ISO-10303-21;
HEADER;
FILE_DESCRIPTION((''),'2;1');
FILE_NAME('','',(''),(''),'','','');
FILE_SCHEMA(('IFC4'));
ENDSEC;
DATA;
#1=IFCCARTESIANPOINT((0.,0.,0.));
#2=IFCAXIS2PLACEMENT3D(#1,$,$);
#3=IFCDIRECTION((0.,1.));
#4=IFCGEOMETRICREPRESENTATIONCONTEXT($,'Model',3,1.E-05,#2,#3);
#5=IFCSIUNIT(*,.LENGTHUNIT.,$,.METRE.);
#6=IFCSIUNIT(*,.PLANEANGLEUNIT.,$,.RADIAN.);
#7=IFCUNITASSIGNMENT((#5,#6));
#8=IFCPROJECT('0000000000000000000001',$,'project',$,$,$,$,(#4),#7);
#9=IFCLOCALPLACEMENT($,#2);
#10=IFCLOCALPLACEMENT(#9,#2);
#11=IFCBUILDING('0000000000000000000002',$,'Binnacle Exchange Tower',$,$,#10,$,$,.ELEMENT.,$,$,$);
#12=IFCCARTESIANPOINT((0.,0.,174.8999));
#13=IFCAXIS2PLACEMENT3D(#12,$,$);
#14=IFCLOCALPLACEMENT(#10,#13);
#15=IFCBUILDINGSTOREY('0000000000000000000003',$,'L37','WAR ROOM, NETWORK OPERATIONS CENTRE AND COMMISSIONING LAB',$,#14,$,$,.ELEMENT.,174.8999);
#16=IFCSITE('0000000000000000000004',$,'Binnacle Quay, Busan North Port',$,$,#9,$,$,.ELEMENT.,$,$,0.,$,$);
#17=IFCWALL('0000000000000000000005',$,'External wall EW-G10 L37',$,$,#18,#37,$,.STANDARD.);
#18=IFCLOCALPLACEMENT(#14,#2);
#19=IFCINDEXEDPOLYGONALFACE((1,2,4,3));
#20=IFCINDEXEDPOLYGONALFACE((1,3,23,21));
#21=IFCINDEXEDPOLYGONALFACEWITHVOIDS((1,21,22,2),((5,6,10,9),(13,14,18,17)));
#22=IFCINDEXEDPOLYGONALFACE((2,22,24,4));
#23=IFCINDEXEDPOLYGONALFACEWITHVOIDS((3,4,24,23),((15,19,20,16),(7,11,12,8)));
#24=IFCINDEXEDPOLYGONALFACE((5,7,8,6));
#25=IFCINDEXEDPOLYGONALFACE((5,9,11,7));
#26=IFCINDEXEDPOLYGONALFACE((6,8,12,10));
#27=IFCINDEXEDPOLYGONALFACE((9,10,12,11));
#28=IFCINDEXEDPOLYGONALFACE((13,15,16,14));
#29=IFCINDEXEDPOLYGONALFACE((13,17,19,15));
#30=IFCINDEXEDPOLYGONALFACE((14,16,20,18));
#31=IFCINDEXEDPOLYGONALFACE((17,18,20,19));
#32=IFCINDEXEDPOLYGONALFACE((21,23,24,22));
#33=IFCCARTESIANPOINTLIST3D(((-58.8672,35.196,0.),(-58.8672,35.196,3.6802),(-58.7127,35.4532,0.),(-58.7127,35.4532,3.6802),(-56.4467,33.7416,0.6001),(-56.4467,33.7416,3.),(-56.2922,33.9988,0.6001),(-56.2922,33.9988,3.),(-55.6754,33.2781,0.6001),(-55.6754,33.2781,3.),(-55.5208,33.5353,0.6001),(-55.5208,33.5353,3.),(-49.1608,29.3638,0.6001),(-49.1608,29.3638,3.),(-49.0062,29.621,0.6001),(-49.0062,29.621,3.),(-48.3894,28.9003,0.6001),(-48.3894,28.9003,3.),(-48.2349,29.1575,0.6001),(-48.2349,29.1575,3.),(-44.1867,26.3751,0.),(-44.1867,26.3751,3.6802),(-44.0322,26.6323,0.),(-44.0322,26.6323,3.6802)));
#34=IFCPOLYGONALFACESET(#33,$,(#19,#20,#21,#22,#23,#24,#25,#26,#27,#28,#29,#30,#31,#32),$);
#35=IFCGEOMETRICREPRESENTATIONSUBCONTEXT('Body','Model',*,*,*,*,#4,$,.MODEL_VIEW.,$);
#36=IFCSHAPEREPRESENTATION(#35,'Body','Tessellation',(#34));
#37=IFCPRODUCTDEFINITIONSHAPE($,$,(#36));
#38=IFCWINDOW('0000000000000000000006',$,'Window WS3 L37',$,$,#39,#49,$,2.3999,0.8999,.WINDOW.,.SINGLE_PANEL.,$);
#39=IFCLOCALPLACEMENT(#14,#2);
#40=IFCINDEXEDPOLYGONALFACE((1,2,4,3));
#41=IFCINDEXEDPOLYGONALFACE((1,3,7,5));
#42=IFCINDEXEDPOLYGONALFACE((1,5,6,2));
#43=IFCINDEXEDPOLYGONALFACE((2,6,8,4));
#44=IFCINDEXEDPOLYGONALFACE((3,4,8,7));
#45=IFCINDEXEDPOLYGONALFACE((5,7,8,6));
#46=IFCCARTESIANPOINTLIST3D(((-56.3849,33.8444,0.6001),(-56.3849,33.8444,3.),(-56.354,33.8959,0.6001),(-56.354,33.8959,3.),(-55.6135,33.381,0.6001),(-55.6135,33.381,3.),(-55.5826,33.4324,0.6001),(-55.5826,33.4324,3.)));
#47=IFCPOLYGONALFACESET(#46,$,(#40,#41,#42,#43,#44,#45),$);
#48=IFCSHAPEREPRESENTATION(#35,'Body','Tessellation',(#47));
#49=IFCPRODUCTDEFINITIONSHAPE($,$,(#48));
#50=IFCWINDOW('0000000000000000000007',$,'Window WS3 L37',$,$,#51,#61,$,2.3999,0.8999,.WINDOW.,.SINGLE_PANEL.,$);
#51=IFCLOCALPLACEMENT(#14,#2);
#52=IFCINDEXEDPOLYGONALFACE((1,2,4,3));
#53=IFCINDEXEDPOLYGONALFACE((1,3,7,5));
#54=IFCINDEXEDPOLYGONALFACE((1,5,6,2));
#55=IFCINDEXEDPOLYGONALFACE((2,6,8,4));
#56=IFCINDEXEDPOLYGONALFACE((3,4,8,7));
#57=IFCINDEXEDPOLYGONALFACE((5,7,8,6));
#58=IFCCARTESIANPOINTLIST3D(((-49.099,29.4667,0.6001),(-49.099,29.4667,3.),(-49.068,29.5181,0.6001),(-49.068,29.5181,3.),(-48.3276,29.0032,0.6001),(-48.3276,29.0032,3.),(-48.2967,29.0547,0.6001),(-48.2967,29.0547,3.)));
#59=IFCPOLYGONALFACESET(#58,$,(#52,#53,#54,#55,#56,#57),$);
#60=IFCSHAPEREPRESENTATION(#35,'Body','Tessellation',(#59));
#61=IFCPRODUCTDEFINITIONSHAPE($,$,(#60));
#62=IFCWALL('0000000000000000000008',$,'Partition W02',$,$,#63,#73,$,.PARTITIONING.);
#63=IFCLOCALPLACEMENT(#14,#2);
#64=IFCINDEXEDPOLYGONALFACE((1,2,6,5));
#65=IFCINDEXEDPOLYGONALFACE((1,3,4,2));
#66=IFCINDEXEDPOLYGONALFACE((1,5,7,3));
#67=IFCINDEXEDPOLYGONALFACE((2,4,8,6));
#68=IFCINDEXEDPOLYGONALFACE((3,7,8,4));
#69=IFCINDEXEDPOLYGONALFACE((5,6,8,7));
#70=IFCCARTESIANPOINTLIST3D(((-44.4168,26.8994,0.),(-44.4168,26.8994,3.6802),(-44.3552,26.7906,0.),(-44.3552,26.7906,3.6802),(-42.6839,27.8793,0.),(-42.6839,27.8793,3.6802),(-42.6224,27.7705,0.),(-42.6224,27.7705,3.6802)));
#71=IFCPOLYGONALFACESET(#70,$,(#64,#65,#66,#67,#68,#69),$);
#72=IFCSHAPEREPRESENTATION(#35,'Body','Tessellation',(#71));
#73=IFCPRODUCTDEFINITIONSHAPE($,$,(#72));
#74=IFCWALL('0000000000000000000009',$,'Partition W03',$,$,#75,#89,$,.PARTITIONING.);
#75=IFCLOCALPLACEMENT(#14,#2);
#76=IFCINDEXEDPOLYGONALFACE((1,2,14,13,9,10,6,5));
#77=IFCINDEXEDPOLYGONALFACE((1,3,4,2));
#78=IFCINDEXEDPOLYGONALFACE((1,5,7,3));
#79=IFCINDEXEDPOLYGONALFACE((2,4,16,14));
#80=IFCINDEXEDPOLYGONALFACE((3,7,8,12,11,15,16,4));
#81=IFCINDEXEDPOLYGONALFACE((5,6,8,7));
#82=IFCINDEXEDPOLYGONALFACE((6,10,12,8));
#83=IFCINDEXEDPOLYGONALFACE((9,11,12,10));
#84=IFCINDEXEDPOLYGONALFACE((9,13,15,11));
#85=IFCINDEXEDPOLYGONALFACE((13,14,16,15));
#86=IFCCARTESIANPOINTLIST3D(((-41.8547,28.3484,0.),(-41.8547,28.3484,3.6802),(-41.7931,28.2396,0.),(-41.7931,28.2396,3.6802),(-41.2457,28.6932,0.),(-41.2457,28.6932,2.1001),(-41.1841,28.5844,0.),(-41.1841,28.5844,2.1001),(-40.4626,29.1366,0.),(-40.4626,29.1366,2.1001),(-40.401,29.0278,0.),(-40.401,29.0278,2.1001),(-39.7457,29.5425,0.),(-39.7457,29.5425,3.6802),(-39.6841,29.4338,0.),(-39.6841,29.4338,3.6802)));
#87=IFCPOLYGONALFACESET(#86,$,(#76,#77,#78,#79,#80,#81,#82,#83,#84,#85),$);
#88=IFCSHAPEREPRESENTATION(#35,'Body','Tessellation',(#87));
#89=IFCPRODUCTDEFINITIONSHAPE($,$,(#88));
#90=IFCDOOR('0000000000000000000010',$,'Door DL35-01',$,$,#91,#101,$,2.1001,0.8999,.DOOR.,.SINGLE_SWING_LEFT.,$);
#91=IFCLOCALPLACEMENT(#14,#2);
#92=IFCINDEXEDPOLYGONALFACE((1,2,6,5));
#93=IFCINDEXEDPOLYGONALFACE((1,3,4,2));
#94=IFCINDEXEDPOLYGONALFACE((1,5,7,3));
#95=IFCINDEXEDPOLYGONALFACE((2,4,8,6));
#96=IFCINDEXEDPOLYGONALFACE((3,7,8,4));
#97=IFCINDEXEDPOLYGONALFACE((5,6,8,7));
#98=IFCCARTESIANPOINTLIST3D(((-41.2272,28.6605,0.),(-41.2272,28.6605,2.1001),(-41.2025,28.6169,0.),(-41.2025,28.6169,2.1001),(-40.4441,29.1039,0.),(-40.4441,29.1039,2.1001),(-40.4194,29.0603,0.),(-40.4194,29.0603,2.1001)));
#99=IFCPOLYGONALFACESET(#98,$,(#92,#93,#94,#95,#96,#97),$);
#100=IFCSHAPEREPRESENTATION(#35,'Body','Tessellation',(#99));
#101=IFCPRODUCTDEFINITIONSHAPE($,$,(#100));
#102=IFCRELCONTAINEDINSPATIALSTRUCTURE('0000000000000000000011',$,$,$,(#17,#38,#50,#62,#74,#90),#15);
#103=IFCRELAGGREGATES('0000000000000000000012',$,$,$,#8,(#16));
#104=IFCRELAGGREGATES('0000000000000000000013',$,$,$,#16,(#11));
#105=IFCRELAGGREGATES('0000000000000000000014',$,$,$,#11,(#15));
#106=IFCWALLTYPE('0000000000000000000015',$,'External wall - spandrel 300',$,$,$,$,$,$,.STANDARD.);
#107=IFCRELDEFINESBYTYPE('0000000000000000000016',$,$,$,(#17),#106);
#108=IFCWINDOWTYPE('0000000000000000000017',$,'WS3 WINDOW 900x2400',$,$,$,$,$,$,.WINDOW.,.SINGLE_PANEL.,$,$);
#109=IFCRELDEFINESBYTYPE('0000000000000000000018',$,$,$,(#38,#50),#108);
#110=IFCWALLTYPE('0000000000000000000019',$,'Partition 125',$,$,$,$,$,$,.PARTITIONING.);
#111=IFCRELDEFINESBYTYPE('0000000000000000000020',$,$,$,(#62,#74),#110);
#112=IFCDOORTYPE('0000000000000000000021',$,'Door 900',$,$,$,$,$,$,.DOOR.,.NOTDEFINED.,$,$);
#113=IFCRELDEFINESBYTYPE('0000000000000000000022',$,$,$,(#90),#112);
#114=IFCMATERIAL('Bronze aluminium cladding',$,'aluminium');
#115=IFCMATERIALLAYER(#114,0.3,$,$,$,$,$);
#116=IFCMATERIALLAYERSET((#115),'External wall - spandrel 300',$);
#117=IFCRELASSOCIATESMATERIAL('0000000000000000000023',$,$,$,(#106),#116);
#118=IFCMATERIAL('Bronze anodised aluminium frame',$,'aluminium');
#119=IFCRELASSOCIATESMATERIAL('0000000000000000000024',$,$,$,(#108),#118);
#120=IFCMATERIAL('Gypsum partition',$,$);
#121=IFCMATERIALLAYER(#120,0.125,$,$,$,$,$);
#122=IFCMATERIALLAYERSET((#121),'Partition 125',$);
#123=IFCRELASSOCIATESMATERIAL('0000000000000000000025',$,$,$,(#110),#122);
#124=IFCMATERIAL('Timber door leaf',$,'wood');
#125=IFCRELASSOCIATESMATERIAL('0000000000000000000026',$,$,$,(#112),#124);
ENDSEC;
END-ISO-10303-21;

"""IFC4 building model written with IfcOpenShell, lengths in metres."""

from ifc_helpers import new_model, si_unit, direction, frame, frame_2d, origin, place, context, subcontext, project, spatial, rectangle, extrude, material, layer, layer_set, type_object, element, fill, save


model = new_model("IFC4")

# Units and contexts
model_context = context("Model", 3, precision=1e-05, world=origin(), true_north=direction((0.0, 1.0)))
body_context = subcontext(model_context, "Body", "Model", "MODEL_VIEW")
ifc_project = project(units=[si_unit("LENGTHUNIT", "METRE"), si_unit("PLANEANGLEUNIT", "RADIAN")], contexts=[model_context])

# Site, building, storey
site_placement = place(None, origin())
site = spatial("IfcSite", under=ifc_project, at=site_placement, Name="Binnacle Quay, Busan North Port", CompositionType="ELEMENT", RefElevation=0.0)
building_placement = place(site_placement, origin())
building = spatial("IfcBuilding", under=site, at=building_placement, Name="Binnacle Exchange Tower", CompositionType="ELEMENT")
storey_placement = place(building_placement, frame((0.0, 0.0, 174.8999)))
storey = spatial("IfcBuildingStorey", under=building, at=storey_placement, Name="L37", Description="WAR ROOM, NETWORK OPERATIONS CENTRE AND COMMISSIONING LAB", CompositionType="ELEMENT", Elevation=174.8999)

# Shared definitions
ifc_material_1 = material(Name="Bronze aluminium cladding", Category="aluminium")
ifc_layer_1 = layer(ifc_material_1, 0.3)
ifc_layer_set_1 = layer_set([ifc_layer_1], Name="External wall - spandrel 300")
wall_type_1 = type_object("IfcWallType", Name="External wall - spandrel 300", PredefinedType="STANDARD", material=ifc_layer_set_1)

# Wall, openings, windows
wall_1_placement = place(storey_placement, frame((-44.1094, 26.5037, 0.0), z_axis=(0.0, 0.0, 1.0), x_axis=(-0.85717, 0.515034, 0.0)))
wall_1 = element("IfcWall", 1, at=wall_1_placement, inside=storey, type_object=wall_type_1, Name="External wall EW-G10 L37", PredefinedType="STANDARD", context=body_context, shape_type="SweptSolid", body=[
    extrude(rectangle(XDim=17.1267, YDim=0.3, at=frame_2d((8.5635, 0.0))), origin(), (0.0, 0.0, 1.0), 3.6802),
])
opening_1_placement = place(wall_1_placement, frame((13.4031, 0.0, 0.6001)))
opening_1 = element("IfcOpeningElement", 2, at=opening_1_placement, cuts=wall_1, PredefinedType="OPENING", context=body_context, shape_type="SweptSolid", body=[
    extrude(rectangle(XDim=0.8999, YDim=2.3999, at=frame_2d((0.45, 1.2))), frame((0.0, 0.1599, 0.0), z_axis=(0.0, -1.0, 0.0), x_axis=(1.0, 0.0, 0.0)), (0.0, 0.0, 1.0), 0.3201),
])
opening_2_placement = place(wall_1_placement, frame((4.9031, 0.0, 0.6001)))
opening_2 = element("IfcOpeningElement", 3, at=opening_2_placement, cuts=wall_1, PredefinedType="OPENING", context=body_context, shape_type="SweptSolid", body=[
    extrude(rectangle(XDim=0.8999, YDim=2.3999, at=frame_2d((0.45, 1.2))), frame((0.0, 0.1599, 0.0), z_axis=(0.0, -1.0, 0.0), x_axis=(1.0, 0.0, 0.0)), (0.0, 0.0, 1.0), 0.3201),
])
ifc_material_2 = material(Name="Bronze anodised aluminium frame", Category="aluminium")
window_type = type_object("IfcWindowType", Name="WS3 WINDOW 900x2400", PartitioningType="SINGLE_PANEL", PredefinedType="WINDOW", material=ifc_material_2)
window_1_placement = place(opening_1_placement, origin())
window_1 = element("IfcWindow", 4, at=window_1_placement, inside=storey, type_object=window_type, Name="Window WS3 L37", OverallHeight=2.3999, OverallWidth=0.8999, PartitioningType="SINGLE_PANEL", PredefinedType="WINDOW", context=body_context, shape_type="SweptSolid", body=[
    extrude(rectangle(XDim=0.8999, YDim=2.3999, at=frame_2d((0.45, 1.2))), frame((0.0, 0.03, 0.0), z_axis=(0.0, -1.0, 0.0), x_axis=(1.0, 0.0, 0.0)), (0.0, 0.0, 1.0), 0.0601),
])
fill(opening_1, window_1)
window_2_placement = place(opening_2_placement, origin())
window_2 = element("IfcWindow", 5, at=window_2_placement, inside=storey, type_object=window_type, Name="Window WS3 L37", OverallHeight=2.3999, OverallWidth=0.8999, PartitioningType="SINGLE_PANEL", PredefinedType="WINDOW", context=body_context, shape_type="SweptSolid", body=[
    extrude(rectangle(XDim=0.8999, YDim=2.3999, at=frame_2d((0.45, 1.2))), frame((0.0, 0.03, 0.0), z_axis=(0.0, -1.0, 0.0), x_axis=(1.0, 0.0, 0.0)), (0.0, 0.0, 1.0), 0.0601),
])
fill(opening_2, window_2)

# Wall
ifc_material_3 = material(Name="Gypsum partition")
ifc_layer_2 = layer(ifc_material_3, 0.125)
ifc_layer_set_2 = layer_set([ifc_layer_2], Name="Partition 125")
wall_type_2 = type_object("IfcWallType", Name="Partition 125", PredefinedType="PARTITIONING", material=ifc_layer_set_2)
wall_2_placement = place(storey_placement, frame((-44.386, 26.845, 0.0), z_axis=(0.0, 0.0, 1.0), x_axis=(0.870453, 0.492251, 0.0)))
element("IfcWall", 6, at=wall_2_placement, inside=storey, type_object=wall_type_2, Name="Partition W02", PredefinedType="PARTITIONING", context=body_context, shape_type="SweptSolid", body=[
    extrude(rectangle(XDim=1.9907, YDim=0.125, at=frame_2d((0.9954, 0.0))), origin(), (0.0, 0.0, 1.0), 3.6802),
])

# Wall, opening, door
wall_3_placement = place(storey_placement, frame((-41.824, 28.2939, 0.0), z_axis=(0.0, 0.0, 1.0), x_axis=(0.870189, 0.492718, 0.0)))
wall_3 = element("IfcWall", 7, at=wall_3_placement, inside=storey, type_object=wall_type_2, Name="Partition W03", PredefinedType="PARTITIONING", context=body_context, shape_type="SweptSolid", body=[
    extrude(rectangle(XDim=2.4236, YDim=0.125, at=frame_2d((1.2119, 0.0))), origin(), (0.0, 0.0, 1.0), 3.6802),
])
opening_3_placement = place(wall_3_placement, frame((0.7, 0.0, 0.0)))
opening_3 = element("IfcOpeningElement", 8, at=opening_3_placement, cuts=wall_3, PredefinedType="OPENING", context=body_context, shape_type="SweptSolid", body=[
    extrude(rectangle(XDim=0.8999, YDim=2.1001, at=frame_2d((0.45, 1.05))), frame((0.0, 0.0725, 0.0), z_axis=(0.0, -1.0, 0.0), x_axis=(1.0, 0.0, 0.0)), (0.0, 0.0, 1.0), 0.145),
])
ifc_material_4 = material(Name="Timber door leaf", Category="wood")
door_type_1 = type_object("IfcDoorType", Name="Door 900", OperationType="NOTDEFINED", PredefinedType="DOOR", material=ifc_material_4)
door_1_placement = place(opening_3_placement, origin())
door_1 = element("IfcDoor", 9, at=door_1_placement, inside=storey, type_object=door_type_1, Name="Door DL35-01", OperationType="SINGLE_SWING_LEFT", OverallHeight=2.1001, OverallWidth=0.8999, PredefinedType="DOOR", context=body_context, shape_type="SweptSolid", body=[
    extrude(rectangle(XDim=0.8999, YDim=2.1001, at=frame_2d((0.45, 1.05))), frame((0.0, 0.0249, 0.0), z_axis=(0.0, -1.0, 0.0), x_axis=(1.0, 0.0, 0.0)), (0.0, 0.0, 1.0), 0.05),
])
fill(opening_3, door_1)

save(model, "model.ifc")
